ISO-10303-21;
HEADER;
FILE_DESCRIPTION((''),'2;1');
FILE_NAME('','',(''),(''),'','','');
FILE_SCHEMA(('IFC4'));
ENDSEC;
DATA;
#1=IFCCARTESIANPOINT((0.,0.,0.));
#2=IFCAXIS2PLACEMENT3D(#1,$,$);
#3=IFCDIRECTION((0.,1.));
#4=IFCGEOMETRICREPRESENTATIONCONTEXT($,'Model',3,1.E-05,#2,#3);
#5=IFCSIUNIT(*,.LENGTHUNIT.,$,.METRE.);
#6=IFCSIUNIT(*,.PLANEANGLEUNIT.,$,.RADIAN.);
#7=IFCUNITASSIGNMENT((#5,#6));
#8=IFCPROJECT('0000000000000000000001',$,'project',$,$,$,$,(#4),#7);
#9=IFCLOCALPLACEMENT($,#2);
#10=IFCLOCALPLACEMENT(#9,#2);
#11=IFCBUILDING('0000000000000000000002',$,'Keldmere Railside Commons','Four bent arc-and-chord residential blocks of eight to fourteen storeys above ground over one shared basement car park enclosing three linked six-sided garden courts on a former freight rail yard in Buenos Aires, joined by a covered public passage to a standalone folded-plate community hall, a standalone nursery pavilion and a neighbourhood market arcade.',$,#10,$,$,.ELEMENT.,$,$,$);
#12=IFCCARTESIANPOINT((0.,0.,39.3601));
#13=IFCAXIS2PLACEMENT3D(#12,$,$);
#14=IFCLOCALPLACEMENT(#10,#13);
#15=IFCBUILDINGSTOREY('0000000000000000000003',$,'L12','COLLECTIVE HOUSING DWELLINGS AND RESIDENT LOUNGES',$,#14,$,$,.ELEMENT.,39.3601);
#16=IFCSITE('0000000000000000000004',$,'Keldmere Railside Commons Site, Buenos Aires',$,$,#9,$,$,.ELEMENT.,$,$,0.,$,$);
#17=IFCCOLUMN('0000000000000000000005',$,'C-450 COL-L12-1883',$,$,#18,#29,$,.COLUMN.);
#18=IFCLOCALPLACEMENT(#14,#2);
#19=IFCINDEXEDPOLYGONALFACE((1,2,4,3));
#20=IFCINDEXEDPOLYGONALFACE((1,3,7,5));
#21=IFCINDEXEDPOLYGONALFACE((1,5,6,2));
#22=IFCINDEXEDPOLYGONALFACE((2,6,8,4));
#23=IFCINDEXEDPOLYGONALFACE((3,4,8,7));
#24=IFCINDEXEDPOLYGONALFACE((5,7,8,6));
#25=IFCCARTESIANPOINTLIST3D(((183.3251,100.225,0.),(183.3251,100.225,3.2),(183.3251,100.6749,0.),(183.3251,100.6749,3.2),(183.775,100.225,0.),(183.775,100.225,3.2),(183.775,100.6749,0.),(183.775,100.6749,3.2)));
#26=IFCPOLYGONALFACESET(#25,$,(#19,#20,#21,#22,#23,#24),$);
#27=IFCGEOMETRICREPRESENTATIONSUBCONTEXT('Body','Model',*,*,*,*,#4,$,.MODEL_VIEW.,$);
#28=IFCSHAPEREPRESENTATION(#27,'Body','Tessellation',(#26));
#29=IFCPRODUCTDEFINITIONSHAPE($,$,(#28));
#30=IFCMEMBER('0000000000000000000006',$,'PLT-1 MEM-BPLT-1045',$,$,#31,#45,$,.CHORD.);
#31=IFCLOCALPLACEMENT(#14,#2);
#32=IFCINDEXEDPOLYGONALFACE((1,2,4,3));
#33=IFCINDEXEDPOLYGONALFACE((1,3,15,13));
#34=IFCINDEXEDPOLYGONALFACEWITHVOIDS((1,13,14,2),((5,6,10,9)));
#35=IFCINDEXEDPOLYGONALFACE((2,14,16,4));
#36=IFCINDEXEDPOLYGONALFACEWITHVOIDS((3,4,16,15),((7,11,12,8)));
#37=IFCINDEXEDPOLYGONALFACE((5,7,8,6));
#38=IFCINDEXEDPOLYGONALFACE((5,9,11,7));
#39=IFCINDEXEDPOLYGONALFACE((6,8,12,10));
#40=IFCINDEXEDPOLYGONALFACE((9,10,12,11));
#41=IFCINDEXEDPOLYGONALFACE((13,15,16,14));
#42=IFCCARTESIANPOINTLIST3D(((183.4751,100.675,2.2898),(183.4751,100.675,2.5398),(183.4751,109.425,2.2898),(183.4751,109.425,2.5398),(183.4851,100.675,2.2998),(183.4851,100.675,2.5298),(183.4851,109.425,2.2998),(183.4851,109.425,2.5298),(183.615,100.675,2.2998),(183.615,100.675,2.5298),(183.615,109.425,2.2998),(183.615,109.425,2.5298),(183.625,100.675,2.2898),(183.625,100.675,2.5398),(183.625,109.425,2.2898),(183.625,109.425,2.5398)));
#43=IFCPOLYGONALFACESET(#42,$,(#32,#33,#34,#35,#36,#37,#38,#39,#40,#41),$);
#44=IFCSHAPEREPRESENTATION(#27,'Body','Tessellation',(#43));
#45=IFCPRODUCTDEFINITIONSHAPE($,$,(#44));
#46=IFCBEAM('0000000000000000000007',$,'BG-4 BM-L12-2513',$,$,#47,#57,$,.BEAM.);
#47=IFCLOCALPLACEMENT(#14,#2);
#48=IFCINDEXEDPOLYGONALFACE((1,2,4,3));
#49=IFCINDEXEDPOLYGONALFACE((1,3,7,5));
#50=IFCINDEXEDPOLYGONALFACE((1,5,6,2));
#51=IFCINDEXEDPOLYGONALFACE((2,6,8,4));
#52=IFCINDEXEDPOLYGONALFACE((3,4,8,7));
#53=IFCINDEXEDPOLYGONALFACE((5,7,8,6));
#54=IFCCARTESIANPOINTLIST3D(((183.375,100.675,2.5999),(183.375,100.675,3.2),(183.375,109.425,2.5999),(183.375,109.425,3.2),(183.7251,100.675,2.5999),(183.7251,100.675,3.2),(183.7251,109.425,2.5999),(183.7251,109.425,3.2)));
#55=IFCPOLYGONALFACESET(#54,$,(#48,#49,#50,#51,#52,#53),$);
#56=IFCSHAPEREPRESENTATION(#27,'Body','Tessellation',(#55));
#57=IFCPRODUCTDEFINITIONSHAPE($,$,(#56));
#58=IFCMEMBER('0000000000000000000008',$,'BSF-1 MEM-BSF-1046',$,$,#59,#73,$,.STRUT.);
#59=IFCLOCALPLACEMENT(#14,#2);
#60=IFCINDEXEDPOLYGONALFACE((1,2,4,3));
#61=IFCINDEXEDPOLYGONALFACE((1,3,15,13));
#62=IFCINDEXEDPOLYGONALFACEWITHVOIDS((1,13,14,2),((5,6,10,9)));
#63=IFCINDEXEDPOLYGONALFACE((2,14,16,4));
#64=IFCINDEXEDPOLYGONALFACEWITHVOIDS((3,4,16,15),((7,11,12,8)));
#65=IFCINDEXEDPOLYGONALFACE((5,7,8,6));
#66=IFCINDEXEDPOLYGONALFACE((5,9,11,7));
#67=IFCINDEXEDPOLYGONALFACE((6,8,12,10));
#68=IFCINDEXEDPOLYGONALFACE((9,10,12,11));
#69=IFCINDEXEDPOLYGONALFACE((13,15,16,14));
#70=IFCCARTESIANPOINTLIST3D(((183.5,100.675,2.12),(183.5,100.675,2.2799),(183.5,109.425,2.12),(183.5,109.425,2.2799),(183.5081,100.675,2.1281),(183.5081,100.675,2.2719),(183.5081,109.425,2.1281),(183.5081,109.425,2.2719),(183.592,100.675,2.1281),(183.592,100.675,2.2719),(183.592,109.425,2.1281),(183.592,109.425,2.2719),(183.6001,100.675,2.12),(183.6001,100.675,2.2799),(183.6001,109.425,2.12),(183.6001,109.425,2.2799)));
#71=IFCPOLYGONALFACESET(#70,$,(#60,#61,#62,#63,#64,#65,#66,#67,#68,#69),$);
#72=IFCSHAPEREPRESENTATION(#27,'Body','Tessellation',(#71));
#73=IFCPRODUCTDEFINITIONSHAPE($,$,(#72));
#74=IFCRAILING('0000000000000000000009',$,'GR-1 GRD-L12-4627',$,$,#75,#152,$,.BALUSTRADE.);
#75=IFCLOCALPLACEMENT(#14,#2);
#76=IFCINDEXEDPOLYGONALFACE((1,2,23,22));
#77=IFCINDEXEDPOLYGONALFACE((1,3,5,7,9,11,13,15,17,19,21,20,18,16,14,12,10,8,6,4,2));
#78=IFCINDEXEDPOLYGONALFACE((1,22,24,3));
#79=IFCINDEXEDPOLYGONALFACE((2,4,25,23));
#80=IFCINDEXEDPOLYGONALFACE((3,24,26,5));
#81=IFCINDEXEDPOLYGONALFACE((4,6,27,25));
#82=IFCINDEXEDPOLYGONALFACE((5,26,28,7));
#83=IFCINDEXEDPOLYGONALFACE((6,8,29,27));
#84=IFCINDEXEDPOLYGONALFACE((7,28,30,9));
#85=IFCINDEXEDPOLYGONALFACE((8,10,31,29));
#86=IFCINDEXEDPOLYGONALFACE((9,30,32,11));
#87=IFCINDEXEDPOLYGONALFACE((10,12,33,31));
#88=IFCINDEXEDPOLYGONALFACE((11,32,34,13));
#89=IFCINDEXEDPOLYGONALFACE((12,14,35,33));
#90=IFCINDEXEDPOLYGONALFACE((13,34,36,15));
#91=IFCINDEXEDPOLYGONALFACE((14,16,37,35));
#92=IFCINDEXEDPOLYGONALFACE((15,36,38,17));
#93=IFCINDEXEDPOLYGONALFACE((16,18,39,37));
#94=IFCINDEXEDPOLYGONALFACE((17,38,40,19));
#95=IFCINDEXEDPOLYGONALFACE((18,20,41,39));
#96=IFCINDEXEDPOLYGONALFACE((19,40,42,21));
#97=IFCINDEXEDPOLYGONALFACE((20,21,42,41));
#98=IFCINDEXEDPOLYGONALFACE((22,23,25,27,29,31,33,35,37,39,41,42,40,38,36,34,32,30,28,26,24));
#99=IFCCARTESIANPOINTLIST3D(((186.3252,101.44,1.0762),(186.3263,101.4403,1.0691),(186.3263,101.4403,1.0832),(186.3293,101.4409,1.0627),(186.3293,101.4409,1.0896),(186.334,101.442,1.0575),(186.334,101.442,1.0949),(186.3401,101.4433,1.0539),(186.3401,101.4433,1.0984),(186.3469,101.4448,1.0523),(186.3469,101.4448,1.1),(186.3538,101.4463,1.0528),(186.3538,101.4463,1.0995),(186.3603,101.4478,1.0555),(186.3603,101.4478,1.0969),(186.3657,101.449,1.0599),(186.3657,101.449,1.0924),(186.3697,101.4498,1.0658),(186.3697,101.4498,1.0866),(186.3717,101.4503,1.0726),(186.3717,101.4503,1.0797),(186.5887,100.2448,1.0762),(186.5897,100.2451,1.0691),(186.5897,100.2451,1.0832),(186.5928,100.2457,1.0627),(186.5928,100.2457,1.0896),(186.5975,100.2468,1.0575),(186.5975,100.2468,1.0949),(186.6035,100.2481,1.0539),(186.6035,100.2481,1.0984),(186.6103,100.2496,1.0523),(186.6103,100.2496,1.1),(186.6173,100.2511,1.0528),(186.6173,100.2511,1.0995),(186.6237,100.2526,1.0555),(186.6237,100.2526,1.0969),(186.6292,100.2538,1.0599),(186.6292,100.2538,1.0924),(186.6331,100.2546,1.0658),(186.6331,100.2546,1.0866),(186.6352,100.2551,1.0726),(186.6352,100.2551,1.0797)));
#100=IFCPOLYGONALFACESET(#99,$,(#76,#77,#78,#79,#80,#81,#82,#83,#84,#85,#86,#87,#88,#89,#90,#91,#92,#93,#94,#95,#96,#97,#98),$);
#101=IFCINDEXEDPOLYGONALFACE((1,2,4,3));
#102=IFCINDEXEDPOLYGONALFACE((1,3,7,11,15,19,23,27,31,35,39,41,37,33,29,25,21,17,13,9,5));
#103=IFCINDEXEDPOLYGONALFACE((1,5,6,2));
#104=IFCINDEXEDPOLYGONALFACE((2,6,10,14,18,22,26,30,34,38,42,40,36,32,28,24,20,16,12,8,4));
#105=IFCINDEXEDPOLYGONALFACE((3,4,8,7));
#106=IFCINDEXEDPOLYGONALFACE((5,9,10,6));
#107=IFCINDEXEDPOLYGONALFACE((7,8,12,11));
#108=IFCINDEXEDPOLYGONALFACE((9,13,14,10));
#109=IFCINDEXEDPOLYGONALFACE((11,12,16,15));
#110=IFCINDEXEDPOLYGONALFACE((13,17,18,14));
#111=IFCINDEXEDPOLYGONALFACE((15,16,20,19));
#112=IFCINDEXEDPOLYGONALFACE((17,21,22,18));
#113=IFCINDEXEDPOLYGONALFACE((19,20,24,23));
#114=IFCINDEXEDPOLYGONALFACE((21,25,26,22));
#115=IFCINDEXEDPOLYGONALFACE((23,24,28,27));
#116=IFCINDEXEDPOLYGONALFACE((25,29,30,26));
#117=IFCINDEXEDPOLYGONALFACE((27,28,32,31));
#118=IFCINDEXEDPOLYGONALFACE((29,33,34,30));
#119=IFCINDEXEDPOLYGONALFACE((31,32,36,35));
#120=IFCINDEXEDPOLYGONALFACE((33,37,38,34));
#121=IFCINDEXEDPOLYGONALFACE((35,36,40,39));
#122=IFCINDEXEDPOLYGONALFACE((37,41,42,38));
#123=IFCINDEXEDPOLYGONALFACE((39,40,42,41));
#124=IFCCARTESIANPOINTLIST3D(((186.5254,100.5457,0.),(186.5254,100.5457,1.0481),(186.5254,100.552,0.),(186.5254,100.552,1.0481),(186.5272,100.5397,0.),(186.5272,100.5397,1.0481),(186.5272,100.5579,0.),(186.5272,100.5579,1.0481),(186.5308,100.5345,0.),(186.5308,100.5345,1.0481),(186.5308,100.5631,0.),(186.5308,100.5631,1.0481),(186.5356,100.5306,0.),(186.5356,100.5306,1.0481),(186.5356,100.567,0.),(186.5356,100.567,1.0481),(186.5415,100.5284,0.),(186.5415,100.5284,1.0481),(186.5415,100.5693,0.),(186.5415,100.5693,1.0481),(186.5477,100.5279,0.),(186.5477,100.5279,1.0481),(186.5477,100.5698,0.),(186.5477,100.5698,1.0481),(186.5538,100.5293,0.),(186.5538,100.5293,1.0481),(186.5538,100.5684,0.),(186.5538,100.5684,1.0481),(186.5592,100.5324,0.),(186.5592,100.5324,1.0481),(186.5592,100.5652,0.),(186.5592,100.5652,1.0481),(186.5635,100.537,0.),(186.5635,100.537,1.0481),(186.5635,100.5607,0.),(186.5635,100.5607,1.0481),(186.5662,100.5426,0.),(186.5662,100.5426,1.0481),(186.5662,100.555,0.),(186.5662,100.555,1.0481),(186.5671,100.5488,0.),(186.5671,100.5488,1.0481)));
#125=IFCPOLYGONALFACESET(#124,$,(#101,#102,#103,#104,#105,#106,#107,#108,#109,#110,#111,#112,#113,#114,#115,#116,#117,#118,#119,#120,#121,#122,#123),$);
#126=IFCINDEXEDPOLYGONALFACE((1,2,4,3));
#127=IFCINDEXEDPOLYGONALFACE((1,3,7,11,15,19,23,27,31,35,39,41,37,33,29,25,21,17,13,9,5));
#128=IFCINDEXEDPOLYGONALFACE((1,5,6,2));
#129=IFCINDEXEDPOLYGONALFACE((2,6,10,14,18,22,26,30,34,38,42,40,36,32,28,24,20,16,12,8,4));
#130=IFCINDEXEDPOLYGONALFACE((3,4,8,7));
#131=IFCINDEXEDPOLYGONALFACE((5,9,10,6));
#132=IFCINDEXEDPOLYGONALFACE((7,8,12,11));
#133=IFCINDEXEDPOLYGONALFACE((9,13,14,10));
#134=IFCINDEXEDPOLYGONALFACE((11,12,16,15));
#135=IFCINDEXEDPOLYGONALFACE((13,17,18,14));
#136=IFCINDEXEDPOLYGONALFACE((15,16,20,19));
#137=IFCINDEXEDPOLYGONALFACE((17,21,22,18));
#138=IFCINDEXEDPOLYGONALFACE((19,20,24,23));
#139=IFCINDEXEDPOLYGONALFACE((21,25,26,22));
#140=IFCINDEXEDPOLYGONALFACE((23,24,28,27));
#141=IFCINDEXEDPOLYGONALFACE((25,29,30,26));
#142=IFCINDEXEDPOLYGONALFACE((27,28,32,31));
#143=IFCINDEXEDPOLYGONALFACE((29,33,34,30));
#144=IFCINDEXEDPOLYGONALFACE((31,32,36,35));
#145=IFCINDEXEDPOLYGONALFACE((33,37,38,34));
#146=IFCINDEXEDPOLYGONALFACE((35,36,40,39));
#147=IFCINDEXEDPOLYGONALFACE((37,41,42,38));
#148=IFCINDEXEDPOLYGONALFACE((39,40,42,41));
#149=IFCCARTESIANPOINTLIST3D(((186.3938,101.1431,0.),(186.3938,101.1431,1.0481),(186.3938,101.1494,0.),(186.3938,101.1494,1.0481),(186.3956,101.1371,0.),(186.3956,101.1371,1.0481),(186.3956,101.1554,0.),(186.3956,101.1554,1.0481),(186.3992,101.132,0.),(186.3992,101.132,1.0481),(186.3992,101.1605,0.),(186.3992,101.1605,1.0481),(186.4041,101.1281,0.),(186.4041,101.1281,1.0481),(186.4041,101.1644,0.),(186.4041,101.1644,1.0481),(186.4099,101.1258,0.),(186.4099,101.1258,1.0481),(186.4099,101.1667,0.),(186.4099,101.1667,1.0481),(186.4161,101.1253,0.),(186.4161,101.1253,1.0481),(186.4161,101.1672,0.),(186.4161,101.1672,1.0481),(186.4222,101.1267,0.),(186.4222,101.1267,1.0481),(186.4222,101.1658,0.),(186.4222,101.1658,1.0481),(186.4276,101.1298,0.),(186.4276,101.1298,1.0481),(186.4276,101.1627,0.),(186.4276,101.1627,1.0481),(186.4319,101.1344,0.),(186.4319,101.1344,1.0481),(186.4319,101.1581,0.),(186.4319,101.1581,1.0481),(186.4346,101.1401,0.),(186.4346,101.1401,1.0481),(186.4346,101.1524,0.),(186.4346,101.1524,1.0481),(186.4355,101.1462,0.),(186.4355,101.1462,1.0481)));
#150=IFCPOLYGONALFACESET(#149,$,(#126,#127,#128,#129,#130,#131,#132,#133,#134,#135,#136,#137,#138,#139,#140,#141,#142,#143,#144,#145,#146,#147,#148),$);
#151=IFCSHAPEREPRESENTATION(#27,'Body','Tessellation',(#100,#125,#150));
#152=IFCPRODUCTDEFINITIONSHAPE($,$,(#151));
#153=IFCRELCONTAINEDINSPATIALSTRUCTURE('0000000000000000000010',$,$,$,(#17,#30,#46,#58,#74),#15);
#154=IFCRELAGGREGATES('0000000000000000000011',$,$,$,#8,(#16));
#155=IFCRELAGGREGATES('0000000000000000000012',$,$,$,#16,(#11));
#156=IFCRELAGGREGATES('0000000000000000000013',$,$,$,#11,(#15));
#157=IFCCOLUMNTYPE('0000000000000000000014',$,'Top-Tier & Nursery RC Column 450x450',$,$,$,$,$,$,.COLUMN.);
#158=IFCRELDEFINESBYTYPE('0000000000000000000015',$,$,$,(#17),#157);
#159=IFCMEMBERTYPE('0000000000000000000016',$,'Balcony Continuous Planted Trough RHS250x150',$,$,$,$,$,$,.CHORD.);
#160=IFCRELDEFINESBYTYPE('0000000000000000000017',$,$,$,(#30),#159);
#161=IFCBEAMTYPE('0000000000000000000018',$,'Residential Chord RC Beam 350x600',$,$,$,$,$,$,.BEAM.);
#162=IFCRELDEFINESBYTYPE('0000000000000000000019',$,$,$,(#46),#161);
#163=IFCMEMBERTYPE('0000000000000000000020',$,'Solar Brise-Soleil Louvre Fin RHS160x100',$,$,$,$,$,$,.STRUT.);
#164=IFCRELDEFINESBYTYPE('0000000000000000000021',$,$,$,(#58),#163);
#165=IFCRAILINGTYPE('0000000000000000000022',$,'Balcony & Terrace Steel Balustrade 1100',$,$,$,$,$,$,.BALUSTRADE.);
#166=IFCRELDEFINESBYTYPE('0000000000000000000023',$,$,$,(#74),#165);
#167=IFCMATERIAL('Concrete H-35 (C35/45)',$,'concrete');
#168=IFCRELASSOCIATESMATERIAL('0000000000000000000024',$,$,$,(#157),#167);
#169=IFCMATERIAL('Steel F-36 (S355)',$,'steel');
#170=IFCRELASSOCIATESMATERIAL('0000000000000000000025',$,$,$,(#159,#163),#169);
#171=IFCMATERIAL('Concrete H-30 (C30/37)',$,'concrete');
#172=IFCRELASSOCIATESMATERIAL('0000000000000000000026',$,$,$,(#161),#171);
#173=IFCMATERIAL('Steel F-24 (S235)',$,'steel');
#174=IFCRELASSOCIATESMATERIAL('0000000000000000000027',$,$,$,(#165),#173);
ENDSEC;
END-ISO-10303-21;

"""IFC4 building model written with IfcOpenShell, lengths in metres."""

from ifc_helpers import new_model, si_unit, direction, frame, origin, origin_2d, place, context, subcontext, project, spatial, rectangle, hollow_rectangle, circle, extrude, material, material_profile, profile_set, type_object, element, save


model = new_model("IFC4")

# Units and contexts
model_context = context("Model", 3, precision=1e-05, world=origin(), true_north=direction((0.0, 1.0)))
body_context = subcontext(model_context, "Body", "Model", "MODEL_VIEW")
ifc_project = project(units=[si_unit("LENGTHUNIT", "METRE"), si_unit("PLANEANGLEUNIT", "RADIAN")], contexts=[model_context])

# Site, building, storey
site_placement = place(None, origin())
site = spatial("IfcSite", under=ifc_project, at=site_placement, Name="Keldmere Railside Commons Site, Buenos Aires", CompositionType="ELEMENT", RefElevation=0.0)
building_placement = place(site_placement, origin())
building = spatial("IfcBuilding", under=site, at=building_placement, Name="Keldmere Railside Commons", Description="Four bent arc-and-chord residential blocks of eight to fourteen storeys above ground over one shared basement car park enclosing three linked six-sided garden courts on a former freight rail yard in Buenos Aires, joined by a covered public passage to a standalone folded-plate community hall, a standalone nursery pavilion and a neighbourhood market arcade.", CompositionType="ELEMENT")
storey_placement = place(building_placement, frame((0.0, 0.0, 39.3601)))
storey = spatial("IfcBuildingStorey", under=building, at=storey_placement, Name="L12", Description="COLLECTIVE HOUSING DWELLINGS AND RESIDENT LOUNGES", CompositionType="ELEMENT", Elevation=39.3601)

# Column
ifc_material_1 = material(Name="Concrete H-35 (C35/45)", Category="concrete")
ifc_material_profile_1 = material_profile(ifc_material_1, rectangle(XDim=0.45, YDim=0.45, at=origin_2d()), Name="RC-450x450")
ifc_profile_set_1 = profile_set([ifc_material_profile_1], Name="Concrete H-35 (C35/45)")
column_type = type_object("IfcColumnType", Name="Top-Tier & Nursery RC Column 450x450", PredefinedType="COLUMN", material=ifc_profile_set_1)
column_placement = place(storey_placement, frame((183.55, 100.45, 0.0), z_axis=(0.0, 0.0, 1.0), x_axis=(1.0, 0.0, 0.0)))
element("IfcColumn", 1, at=column_placement, inside=storey, type_object=column_type, Name="C-450 COL-L12-1883", PredefinedType="COLUMN", context=body_context, shape_type="SweptSolid", body=[
    extrude(rectangle(XDim=0.45, YDim=0.45, at=origin_2d()), origin(), (0.0, 0.0, 1.0), 3.2),
])

# Member
ifc_material_2 = material(Name="Steel F-36 (S355)", Category="steel")
ifc_material_profile_2 = material_profile(ifc_material_2, hollow_rectangle(XDim=0.1499, YDim=0.25, WallThickness=0.01, at=origin_2d()), Name="RHS-250x150x10")
ifc_profile_set_2 = profile_set([ifc_material_profile_2], Name="Steel F-36 (S355)")
member_type_1 = type_object("IfcMemberType", Name="Balcony Continuous Planted Trough RHS250x150", PredefinedType="CHORD", material=ifc_profile_set_2)
member_1_placement = place(storey_placement, frame((183.55, 100.675, 2.4148), z_axis=(0.0, 1.0, 0.0), x_axis=(-1.0, 0.0, 0.0)))
element("IfcMember", 2, at=member_1_placement, inside=storey, type_object=member_type_1, Name="PLT-1 MEM-BPLT-1045", PredefinedType="CHORD", context=body_context, shape_type="SweptSolid", body=[
    extrude(hollow_rectangle(XDim=0.1499, YDim=0.25, WallThickness=0.01, at=origin_2d()), origin(), (0.0, 0.0, 1.0), 8.75),
])

# Beam
ifc_material_3 = material(Name="Concrete H-30 (C30/37)", Category="concrete")
ifc_material_profile_3 = material_profile(ifc_material_3, rectangle(XDim=0.3501, YDim=0.6001, at=origin_2d()), Name="RC-350x600")
ifc_profile_set_3 = profile_set([ifc_material_profile_3], Name="Concrete H-30 (C30/37)")
beam_type = type_object("IfcBeamType", Name="Residential Chord RC Beam 350x600", PredefinedType="BEAM", material=ifc_profile_set_3)
beam_placement = place(storey_placement, frame((183.55, 100.675, 2.8999), z_axis=(0.0, 1.0, 0.0), x_axis=(-1.0, 0.0, 0.0)))
element("IfcBeam", 3, at=beam_placement, inside=storey, type_object=beam_type, Name="BG-4 BM-L12-2513", PredefinedType="BEAM", context=body_context, shape_type="SweptSolid", body=[
    extrude(rectangle(XDim=0.3501, YDim=0.6001, at=origin_2d()), origin(), (0.0, 0.0, 1.0), 8.75),
])

# Member
ifc_material_profile_4 = material_profile(ifc_material_2, hollow_rectangle(XDim=0.1001, YDim=0.1599, WallThickness=0.0081, at=origin_2d()), Name="RHS-160x100x8")
ifc_profile_set_4 = profile_set([ifc_material_profile_4], Name="Steel F-36 (S355)")
member_type_2 = type_object("IfcMemberType", Name="Solar Brise-Soleil Louvre Fin RHS160x100", PredefinedType="STRUT", material=ifc_profile_set_4)
member_2_placement = place(storey_placement, frame((183.55, 100.675, 2.2), z_axis=(0.0, 1.0, 0.0), x_axis=(-1.0, 0.0, 0.0)))
element("IfcMember", 4, at=member_2_placement, inside=storey, type_object=member_type_2, Name="BSF-1 MEM-BSF-1046", PredefinedType="STRUT", context=body_context, shape_type="SweptSolid", body=[
    extrude(hollow_rectangle(XDim=0.1001, YDim=0.1599, WallThickness=0.0081, at=origin_2d()), origin(), (0.0, 0.0, 1.0), 8.75),
])

# Railing
ifc_material_4 = material(Name="Steel F-24 (S235)", Category="steel")
railing_type = type_object("IfcRailingType", Name="Balcony & Terrace Steel Balustrade 1100", PredefinedType="BALUSTRADE", material=ifc_material_4)
railing_1_placement = place(storey_placement, frame((186.6121, 100.25, 0.0)))
element("IfcRailing", 5, at=railing_1_placement, inside=storey, type_object=railing_type, Name="GR-1 GRD-L12-4627", PredefinedType="BALUSTRADE", context=body_context, shape_type="SweptSolid", body=[
    extrude(circle(Radius=0.0239, at=origin_2d()), frame((0.0, 0.0, 1.0762), z_axis=(-0.215261, 0.976556, 0.0), x_axis=(-0.976556, -0.215261, 0.0)), (0.0, 0.0, 1.0), 1.2239),
    extrude(circle(Radius=0.021, at=origin_2d()), frame((-0.0659, 0.2988, 0.0)), (0.0, 0.0, 1.0), 1.0481),
    extrude(circle(Radius=0.021, at=origin_2d()), frame((-0.1975, 0.8962, 0.0)), (0.0, 0.0, 1.0), 1.0481),
])

save(model, "model.ifc")
